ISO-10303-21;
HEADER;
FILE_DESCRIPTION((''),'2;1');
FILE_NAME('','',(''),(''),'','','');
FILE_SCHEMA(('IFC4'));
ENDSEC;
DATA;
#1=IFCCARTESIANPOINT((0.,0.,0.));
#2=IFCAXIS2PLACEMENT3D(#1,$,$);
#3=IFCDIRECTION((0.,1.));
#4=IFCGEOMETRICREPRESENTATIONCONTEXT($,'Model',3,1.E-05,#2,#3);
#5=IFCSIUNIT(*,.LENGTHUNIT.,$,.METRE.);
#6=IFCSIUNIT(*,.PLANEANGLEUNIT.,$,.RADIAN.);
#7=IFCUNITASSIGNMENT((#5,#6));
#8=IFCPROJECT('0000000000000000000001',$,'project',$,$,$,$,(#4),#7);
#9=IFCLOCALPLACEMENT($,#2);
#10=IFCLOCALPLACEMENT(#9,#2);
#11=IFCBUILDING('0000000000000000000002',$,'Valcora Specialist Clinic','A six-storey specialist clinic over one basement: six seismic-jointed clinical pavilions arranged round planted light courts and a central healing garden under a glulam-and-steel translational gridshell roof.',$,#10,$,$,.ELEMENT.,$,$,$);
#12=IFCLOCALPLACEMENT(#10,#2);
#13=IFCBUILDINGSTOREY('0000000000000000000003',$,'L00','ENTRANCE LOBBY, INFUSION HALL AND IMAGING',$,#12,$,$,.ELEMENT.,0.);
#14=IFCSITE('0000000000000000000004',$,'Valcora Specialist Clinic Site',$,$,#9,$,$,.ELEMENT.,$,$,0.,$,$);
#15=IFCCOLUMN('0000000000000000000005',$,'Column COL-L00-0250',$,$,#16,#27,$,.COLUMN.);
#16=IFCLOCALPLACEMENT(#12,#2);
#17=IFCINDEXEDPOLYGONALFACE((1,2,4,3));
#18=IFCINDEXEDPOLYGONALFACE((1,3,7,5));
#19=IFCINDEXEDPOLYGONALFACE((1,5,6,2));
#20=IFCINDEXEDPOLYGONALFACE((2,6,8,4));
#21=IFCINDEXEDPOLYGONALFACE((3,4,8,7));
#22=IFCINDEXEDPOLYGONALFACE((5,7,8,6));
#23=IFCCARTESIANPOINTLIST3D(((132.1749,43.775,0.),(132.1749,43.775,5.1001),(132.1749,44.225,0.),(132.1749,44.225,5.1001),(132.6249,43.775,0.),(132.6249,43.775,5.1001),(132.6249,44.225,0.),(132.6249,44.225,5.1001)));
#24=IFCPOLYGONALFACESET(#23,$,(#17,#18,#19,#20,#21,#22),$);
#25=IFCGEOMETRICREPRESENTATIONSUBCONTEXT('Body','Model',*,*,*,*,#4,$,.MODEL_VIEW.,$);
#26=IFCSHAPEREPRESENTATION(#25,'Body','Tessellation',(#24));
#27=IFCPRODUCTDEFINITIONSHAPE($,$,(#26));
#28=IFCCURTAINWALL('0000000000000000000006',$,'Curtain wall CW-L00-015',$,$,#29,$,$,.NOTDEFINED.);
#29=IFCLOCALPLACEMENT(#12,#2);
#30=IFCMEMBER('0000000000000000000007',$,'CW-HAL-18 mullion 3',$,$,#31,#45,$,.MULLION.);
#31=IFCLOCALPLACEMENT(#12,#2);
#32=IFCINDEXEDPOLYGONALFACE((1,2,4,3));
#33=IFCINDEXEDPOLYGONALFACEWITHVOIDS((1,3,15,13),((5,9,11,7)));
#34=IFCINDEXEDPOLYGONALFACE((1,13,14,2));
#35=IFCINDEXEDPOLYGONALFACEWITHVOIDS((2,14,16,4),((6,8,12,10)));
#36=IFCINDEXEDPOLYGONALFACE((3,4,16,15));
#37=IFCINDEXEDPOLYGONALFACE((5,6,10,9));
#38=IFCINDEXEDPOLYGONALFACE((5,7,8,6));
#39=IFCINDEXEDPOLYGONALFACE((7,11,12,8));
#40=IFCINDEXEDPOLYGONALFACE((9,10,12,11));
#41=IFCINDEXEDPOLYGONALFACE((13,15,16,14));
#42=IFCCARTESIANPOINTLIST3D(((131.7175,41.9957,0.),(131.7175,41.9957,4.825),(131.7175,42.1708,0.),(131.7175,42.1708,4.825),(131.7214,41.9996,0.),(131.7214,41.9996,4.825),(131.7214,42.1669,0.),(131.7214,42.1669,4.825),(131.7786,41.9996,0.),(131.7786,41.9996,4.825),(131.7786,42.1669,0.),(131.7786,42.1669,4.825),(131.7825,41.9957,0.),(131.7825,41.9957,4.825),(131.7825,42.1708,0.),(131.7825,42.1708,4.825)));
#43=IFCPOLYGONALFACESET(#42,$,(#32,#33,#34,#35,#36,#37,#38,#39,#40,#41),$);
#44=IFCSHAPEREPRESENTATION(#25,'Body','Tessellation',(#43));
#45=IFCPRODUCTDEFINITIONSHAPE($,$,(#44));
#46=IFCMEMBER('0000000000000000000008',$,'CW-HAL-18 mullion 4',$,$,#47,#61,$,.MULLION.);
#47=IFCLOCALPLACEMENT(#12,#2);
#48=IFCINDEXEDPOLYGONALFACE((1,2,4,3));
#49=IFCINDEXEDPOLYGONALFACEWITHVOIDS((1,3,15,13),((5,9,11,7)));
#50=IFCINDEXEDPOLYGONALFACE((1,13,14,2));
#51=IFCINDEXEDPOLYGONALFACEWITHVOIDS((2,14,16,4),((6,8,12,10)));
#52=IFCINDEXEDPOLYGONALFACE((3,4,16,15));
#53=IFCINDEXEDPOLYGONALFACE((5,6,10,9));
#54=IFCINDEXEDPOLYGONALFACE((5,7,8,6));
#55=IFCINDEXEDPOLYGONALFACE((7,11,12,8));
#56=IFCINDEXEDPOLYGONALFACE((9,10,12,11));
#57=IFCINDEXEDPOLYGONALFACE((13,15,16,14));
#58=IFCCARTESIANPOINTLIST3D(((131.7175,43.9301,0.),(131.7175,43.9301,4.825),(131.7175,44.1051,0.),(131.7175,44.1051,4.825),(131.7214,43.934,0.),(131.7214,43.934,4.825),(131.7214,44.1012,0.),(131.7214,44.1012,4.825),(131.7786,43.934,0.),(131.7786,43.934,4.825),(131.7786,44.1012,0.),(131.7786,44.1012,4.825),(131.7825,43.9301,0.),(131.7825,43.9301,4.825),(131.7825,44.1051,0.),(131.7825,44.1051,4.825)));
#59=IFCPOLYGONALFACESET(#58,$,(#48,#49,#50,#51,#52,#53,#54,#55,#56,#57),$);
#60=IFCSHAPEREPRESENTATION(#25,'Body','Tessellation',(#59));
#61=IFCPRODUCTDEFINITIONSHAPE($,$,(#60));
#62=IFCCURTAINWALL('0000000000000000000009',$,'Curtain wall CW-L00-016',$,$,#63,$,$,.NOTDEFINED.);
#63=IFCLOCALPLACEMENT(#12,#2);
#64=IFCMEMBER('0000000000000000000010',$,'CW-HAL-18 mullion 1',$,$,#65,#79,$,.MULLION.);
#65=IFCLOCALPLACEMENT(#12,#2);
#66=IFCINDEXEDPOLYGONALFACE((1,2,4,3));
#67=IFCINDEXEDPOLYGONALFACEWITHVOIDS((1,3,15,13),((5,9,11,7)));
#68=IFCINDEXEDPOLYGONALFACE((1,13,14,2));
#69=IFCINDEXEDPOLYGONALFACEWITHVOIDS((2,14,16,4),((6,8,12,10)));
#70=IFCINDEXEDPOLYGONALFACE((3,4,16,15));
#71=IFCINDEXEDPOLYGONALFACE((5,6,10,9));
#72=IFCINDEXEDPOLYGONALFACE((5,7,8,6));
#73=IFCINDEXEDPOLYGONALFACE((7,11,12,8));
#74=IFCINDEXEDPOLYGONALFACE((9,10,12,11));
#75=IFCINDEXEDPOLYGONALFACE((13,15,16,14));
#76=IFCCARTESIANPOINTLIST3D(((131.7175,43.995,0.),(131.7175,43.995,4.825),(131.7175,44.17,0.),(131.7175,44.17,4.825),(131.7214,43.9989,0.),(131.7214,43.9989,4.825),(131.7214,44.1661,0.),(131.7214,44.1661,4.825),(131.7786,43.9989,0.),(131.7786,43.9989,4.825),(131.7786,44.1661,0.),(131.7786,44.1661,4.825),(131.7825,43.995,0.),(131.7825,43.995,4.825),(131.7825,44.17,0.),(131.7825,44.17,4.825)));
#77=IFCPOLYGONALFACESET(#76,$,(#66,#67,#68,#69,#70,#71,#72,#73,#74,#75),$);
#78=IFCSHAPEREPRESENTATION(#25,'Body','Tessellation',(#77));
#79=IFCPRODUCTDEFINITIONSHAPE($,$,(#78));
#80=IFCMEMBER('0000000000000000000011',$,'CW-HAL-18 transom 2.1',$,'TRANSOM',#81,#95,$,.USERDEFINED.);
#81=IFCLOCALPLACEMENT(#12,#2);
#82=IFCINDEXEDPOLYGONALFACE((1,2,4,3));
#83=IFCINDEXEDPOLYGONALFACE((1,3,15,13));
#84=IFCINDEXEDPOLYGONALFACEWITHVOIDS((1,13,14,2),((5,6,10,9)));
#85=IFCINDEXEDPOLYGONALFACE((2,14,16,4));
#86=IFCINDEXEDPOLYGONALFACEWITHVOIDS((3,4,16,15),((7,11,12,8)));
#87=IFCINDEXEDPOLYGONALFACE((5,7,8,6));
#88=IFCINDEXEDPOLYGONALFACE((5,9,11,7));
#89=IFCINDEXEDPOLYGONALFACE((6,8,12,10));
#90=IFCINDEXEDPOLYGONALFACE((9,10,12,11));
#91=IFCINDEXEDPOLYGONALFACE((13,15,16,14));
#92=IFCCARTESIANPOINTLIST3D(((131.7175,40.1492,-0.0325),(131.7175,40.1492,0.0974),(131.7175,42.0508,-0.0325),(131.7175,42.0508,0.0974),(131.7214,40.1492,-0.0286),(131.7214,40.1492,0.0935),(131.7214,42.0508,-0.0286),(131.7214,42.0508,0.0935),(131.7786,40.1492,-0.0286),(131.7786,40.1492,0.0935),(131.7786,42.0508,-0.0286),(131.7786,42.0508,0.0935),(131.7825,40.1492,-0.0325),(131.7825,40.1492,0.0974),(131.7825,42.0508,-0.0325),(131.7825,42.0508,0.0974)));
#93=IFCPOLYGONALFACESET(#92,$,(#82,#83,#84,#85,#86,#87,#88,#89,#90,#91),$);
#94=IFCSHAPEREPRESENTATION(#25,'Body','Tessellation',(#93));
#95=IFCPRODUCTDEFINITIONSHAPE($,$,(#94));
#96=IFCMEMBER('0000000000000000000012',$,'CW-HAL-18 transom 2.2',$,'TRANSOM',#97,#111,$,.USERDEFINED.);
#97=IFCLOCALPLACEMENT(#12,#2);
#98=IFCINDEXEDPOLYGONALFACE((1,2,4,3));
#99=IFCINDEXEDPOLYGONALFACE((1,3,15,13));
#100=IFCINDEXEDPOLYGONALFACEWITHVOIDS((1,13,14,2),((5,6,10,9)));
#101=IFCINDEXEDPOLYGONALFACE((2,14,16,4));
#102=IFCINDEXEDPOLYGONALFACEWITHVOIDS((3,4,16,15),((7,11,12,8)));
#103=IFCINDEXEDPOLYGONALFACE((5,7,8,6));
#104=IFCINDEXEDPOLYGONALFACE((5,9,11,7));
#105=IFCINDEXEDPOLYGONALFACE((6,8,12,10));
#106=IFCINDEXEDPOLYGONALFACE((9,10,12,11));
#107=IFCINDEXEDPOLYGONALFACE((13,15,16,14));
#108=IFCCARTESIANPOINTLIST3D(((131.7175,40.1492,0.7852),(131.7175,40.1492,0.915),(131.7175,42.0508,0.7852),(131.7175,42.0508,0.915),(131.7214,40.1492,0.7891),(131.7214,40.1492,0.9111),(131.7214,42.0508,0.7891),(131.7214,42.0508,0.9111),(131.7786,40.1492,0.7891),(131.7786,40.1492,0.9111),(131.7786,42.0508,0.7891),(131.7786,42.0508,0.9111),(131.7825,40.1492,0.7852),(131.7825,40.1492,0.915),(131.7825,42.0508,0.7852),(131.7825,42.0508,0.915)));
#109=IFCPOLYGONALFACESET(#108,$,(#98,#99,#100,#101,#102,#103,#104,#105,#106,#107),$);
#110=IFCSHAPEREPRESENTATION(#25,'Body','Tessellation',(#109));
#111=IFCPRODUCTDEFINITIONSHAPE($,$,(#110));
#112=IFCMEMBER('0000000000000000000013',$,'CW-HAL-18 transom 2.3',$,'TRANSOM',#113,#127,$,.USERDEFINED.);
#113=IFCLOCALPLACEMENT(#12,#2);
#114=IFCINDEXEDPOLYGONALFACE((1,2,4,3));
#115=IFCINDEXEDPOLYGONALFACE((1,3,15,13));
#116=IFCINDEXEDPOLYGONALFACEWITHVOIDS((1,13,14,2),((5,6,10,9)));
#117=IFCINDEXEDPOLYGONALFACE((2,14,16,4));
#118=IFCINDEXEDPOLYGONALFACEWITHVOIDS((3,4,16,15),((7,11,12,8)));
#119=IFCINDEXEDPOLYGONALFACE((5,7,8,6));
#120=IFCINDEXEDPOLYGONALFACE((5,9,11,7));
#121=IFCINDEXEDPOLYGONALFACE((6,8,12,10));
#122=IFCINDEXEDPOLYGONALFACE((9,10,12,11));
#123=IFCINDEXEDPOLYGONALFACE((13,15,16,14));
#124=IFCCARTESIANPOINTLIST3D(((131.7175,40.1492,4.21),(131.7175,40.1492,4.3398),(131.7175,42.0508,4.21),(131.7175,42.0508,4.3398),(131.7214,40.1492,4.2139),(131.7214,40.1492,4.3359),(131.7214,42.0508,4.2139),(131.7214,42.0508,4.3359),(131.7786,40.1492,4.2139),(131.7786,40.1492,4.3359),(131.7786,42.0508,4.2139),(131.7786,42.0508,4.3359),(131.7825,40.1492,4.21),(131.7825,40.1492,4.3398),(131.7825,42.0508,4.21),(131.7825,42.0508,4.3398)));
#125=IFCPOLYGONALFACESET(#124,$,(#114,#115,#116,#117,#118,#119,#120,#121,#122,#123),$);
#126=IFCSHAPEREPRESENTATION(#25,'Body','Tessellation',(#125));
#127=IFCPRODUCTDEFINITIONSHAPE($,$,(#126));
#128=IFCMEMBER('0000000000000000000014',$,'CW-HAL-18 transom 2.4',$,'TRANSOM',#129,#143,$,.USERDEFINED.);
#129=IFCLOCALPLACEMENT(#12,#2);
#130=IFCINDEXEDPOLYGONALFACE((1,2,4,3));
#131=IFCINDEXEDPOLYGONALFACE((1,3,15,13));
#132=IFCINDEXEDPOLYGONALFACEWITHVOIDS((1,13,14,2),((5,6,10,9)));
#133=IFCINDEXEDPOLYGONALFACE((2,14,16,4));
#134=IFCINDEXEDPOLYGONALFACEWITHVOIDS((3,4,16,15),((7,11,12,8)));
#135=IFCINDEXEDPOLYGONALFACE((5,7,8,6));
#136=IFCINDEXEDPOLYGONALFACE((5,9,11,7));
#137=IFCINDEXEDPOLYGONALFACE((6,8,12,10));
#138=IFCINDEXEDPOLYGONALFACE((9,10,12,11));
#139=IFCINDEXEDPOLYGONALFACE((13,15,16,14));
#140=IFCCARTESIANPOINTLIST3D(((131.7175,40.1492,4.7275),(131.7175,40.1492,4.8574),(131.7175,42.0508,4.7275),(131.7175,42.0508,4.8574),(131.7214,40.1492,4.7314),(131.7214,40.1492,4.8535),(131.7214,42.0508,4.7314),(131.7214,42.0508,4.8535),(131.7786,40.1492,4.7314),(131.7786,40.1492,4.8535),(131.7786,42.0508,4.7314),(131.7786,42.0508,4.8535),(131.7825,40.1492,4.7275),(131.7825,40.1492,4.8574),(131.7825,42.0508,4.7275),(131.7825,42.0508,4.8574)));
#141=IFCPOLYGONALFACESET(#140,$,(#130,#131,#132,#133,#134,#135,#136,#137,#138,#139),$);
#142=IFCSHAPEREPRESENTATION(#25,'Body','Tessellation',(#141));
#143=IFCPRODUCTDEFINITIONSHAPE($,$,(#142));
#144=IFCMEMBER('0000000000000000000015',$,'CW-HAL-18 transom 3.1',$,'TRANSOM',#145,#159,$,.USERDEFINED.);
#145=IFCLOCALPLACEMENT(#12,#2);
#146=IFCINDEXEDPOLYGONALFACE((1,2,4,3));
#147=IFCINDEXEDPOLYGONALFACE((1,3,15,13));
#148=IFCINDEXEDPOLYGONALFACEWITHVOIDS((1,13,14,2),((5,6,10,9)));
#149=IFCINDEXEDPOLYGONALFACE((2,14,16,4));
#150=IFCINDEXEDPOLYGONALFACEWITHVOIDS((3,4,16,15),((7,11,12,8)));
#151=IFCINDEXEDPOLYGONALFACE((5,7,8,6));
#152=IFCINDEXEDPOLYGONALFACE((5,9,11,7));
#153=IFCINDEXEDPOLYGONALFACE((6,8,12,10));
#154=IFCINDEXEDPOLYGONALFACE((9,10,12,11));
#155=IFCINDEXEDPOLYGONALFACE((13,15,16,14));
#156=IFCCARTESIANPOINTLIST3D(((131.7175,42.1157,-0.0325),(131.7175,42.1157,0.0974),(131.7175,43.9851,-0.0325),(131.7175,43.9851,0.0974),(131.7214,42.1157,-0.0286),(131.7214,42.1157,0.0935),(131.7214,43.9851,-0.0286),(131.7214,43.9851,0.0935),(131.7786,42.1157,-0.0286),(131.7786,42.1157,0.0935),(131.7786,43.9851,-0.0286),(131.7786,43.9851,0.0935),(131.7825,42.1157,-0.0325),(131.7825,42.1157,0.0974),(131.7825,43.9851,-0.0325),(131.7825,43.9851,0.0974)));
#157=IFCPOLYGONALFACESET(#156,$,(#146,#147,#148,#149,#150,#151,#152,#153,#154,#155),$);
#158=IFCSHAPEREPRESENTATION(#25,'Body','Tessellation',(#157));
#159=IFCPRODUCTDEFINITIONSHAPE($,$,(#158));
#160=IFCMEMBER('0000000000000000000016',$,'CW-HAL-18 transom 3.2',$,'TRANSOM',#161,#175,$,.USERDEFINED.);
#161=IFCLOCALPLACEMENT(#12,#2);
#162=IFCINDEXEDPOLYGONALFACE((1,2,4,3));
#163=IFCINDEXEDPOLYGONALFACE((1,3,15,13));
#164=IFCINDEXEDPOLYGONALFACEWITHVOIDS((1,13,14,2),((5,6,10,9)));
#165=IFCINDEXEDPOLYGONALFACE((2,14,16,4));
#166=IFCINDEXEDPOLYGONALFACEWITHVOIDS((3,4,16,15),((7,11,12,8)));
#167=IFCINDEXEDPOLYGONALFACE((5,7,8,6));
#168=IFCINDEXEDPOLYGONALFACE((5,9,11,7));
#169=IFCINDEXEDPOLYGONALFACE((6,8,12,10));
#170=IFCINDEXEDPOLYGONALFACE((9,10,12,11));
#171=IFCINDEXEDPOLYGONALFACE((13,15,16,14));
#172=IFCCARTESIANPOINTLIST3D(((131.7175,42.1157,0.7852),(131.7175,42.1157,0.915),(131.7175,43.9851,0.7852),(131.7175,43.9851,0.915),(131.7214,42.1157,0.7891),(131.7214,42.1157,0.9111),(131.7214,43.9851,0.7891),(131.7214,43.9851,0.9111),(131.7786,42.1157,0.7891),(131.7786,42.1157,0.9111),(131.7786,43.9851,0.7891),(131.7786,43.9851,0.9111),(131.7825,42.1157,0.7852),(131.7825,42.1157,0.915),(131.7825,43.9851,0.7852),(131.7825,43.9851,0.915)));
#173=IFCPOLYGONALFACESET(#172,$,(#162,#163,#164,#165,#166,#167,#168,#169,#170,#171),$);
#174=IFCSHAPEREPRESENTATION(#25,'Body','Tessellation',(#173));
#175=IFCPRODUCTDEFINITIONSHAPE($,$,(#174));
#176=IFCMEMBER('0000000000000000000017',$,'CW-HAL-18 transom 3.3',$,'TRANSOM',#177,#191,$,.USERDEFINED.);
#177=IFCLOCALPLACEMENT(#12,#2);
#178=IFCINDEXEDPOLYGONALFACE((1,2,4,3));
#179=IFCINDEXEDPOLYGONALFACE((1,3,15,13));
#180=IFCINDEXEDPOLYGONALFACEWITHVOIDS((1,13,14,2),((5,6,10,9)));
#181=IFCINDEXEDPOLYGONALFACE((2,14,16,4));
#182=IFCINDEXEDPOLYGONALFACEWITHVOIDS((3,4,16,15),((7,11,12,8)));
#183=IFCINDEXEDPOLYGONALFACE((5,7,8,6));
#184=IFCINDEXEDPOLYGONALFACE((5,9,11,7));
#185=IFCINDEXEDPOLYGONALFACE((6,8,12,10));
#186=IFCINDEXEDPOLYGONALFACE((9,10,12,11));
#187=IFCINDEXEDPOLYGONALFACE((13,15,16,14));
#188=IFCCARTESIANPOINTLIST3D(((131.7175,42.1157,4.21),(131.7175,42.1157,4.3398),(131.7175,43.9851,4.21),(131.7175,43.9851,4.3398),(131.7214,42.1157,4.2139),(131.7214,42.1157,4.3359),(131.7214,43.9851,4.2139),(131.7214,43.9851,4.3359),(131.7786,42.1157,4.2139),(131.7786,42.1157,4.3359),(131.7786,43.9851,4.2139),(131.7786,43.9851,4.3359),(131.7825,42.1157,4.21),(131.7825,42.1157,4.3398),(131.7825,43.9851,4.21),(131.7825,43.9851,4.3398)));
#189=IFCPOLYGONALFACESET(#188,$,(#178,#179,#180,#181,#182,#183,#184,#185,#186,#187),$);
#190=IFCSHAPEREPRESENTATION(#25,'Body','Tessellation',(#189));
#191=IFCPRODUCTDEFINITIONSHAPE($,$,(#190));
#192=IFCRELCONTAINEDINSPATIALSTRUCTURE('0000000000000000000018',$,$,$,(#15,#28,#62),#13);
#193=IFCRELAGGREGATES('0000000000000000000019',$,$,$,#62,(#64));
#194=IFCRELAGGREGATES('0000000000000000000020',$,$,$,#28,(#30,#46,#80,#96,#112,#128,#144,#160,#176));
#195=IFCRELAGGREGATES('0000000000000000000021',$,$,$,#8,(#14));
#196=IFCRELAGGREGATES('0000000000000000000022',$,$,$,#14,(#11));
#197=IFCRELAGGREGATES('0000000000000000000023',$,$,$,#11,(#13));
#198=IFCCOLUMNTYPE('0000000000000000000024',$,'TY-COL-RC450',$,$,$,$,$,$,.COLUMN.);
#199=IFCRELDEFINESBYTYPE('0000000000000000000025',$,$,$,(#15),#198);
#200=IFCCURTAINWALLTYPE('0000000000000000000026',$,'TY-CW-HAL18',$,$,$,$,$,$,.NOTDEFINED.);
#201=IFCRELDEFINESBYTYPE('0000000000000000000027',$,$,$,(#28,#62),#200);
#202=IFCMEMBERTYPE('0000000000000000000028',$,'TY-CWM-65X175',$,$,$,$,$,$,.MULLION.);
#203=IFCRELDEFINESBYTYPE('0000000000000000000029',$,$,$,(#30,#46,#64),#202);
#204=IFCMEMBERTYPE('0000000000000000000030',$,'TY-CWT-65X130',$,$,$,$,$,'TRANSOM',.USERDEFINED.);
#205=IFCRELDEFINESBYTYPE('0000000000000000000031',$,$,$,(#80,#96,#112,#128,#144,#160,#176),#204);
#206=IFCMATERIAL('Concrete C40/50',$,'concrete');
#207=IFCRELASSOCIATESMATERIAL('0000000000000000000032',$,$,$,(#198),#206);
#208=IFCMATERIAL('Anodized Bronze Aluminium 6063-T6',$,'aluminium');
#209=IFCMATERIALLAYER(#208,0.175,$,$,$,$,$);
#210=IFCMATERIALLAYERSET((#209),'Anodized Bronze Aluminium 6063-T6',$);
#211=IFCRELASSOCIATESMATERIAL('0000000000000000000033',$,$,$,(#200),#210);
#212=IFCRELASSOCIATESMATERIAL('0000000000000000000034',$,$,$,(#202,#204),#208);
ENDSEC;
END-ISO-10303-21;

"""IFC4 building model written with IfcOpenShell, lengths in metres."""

from ifc_helpers import new_model, si_unit, direction, frame, origin, origin_2d, place, context, subcontext, project, spatial, rectangle, hollow_rectangle, extrude, material, layer, layer_set, material_profile, profile_set, type_object, element, aggregate, save


model = new_model("IFC4")

# Units and contexts
model_context = context("Model", 3, precision=1e-05, world=origin(), true_north=direction((0.0, 1.0)))
body_context = subcontext(model_context, "Body", "Model", "MODEL_VIEW")
ifc_project = project(units=[si_unit("LENGTHUNIT", "METRE"), si_unit("PLANEANGLEUNIT", "RADIAN")], contexts=[model_context])

# Site, building, storey
site_placement = place(None, origin())
site = spatial("IfcSite", under=ifc_project, at=site_placement, Name="Valcora Specialist Clinic Site", CompositionType="ELEMENT", RefElevation=0.0)
building_placement = place(site_placement, origin())
building = spatial("IfcBuilding", under=site, at=building_placement, Name="Valcora Specialist Clinic", Description="A six-storey specialist clinic over one basement: six seismic-jointed clinical pavilions arranged round planted light courts and a central healing garden under a glulam-and-steel translational gridshell roof.", CompositionType="ELEMENT")
storey_placement = place(building_placement, origin())
storey = spatial("IfcBuildingStorey", under=building, at=storey_placement, Name="L00", Description="ENTRANCE LOBBY, INFUSION HALL AND IMAGING", CompositionType="ELEMENT", Elevation=0.0)

# Column
ifc_material_1 = material(Name="Concrete C40/50", Category="concrete")
ifc_material_profile_1 = material_profile(ifc_material_1, rectangle(XDim=0.45, YDim=0.45, at=origin_2d()), Name="RC-COL-450X450")
ifc_profile_set_1 = profile_set([ifc_material_profile_1], Name="Concrete C40/50")
column_type = type_object("IfcColumnType", Name="TY-COL-RC450", PredefinedType="COLUMN", material=ifc_profile_set_1)
column_placement = place(storey_placement, frame((132.3999, 44.0, 0.0), z_axis=(0.0, 0.0, 1.0), x_axis=(1.0, 0.0, 0.0)))
element("IfcColumn", 1, at=column_placement, inside=storey, type_object=column_type, Name="Column COL-L00-0250", PredefinedType="COLUMN", context=body_context, shape_type="SweptSolid", body=[
    extrude(rectangle(XDim=0.45, YDim=0.45, at=origin_2d()), origin(), (0.0, 0.0, 1.0), 5.1001),
])

# Curtain wall, members
ifc_material_2 = material(Name="Anodized Bronze Aluminium 6063-T6", Category="aluminium")
ifc_layer_1 = layer(ifc_material_2, 0.175)
ifc_layer_set_1 = layer_set([ifc_layer_1], Name="Anodized Bronze Aluminium 6063-T6")
curtain_wall_type = type_object("IfcCurtainWallType", Name="TY-CW-HAL18", PredefinedType="NOTDEFINED", material=ifc_layer_set_1)
curtain_wall_1_placement = place(storey_placement, origin())
curtain_wall_1 = element("IfcCurtainWall", 2, at=curtain_wall_1_placement, inside=storey, type_object=curtain_wall_type, Name="Curtain wall CW-L00-015", PredefinedType="NOTDEFINED")
ifc_material_profile_2 = material_profile(ifc_material_2, hollow_rectangle(XDim=0.0649, YDim=0.175, WallThickness=0.0039, at=origin_2d()), Name="AL-MUL-65X175")
ifc_profile_set_2 = profile_set([ifc_material_profile_2], Name="Anodized Bronze Aluminium 6063-T6")
member_type_1 = type_object("IfcMemberType", Name="TY-CWM-65X175", PredefinedType="MULLION", material=ifc_profile_set_2)
member_1_placement = place(storey_placement, frame((131.75, 42.0833, 0.0), z_axis=(0.0, 0.0, 1.0), x_axis=(-1.0, 0.0, 0.0)))
member_1 = element("IfcMember", 3, at=member_1_placement, type_object=member_type_1, Name="CW-HAL-18 mullion 3", PredefinedType="MULLION", context=body_context, shape_type="SweptSolid", body=[
    extrude(hollow_rectangle(XDim=0.0649, YDim=0.175, WallThickness=0.0039, at=origin_2d()), origin(), (0.0, 0.0, 1.0), 4.825),
])
member_2_placement = place(storey_placement, frame((131.75, 44.0176, 0.0), z_axis=(0.0, 0.0, 1.0), x_axis=(-1.0, 0.0, 0.0)))
member_2 = element("IfcMember", 4, at=member_2_placement, type_object=member_type_1, Name="CW-HAL-18 mullion 4", PredefinedType="MULLION", context=body_context, shape_type="SweptSolid", body=[
    extrude(hollow_rectangle(XDim=0.0649, YDim=0.175, WallThickness=0.0039, at=origin_2d()), origin(), (0.0, 0.0, 1.0), 4.825),
])

# Curtain wall, member
curtain_wall_2_placement = place(storey_placement, origin())
curtain_wall_2 = element("IfcCurtainWall", 5, at=curtain_wall_2_placement, inside=storey, type_object=curtain_wall_type, Name="Curtain wall CW-L00-016", PredefinedType="NOTDEFINED")
member_3_placement = place(storey_placement, frame((131.75, 44.0825, 0.0), z_axis=(0.0, 0.0, 1.0), x_axis=(-1.0, 0.0, 0.0)))
member_3 = element("IfcMember", 6, at=member_3_placement, type_object=member_type_1, Name="CW-HAL-18 mullion 1", PredefinedType="MULLION", context=body_context, shape_type="SweptSolid", body=[
    extrude(hollow_rectangle(XDim=0.0649, YDim=0.175, WallThickness=0.0039, at=origin_2d()), origin(), (0.0, 0.0, 1.0), 4.825),
])

# Members
ifc_material_profile_3 = material_profile(ifc_material_2, hollow_rectangle(XDim=0.0649, YDim=0.1299, WallThickness=0.0039, at=origin_2d()), Name="AL-TRN-65X130")
ifc_profile_set_3 = profile_set([ifc_material_profile_3], Name="Anodized Bronze Aluminium 6063-T6")
member_type_2 = type_object("IfcMemberType", Name="TY-CWT-65X130", ElementType="TRANSOM", PredefinedType="USERDEFINED", material=ifc_profile_set_3)
member_4_placement = place(storey_placement, frame((131.75, 40.1492, 0.0325), z_axis=(0.0, 1.0, 0.0), x_axis=(-1.0, 0.0, 0.0)))
member_4 = element("IfcMember", 7, at=member_4_placement, type_object=member_type_2, Name="CW-HAL-18 transom 2.1", ObjectType="TRANSOM", PredefinedType="USERDEFINED", context=body_context, shape_type="SweptSolid", body=[
    extrude(hollow_rectangle(XDim=0.0649, YDim=0.1299, WallThickness=0.0039, at=origin_2d()), origin(), (0.0, 0.0, 1.0), 1.9016),
])
member_5_placement = place(storey_placement, frame((131.75, 40.1492, 0.8501), z_axis=(0.0, 1.0, 0.0), x_axis=(-1.0, 0.0, 0.0)))
member_5 = element("IfcMember", 8, at=member_5_placement, type_object=member_type_2, Name="CW-HAL-18 transom 2.2", ObjectType="TRANSOM", PredefinedType="USERDEFINED", context=body_context, shape_type="SweptSolid", body=[
    extrude(hollow_rectangle(XDim=0.0649, YDim=0.1299, WallThickness=0.0039, at=origin_2d()), origin(), (0.0, 0.0, 1.0), 1.9016),
])
member_6_placement = place(storey_placement, frame((131.75, 40.1492, 4.2749), z_axis=(0.0, 1.0, 0.0), x_axis=(-1.0, 0.0, 0.0)))
member_6 = element("IfcMember", 9, at=member_6_placement, type_object=member_type_2, Name="CW-HAL-18 transom 2.3", ObjectType="TRANSOM", PredefinedType="USERDEFINED", context=body_context, shape_type="SweptSolid", body=[
    extrude(hollow_rectangle(XDim=0.0649, YDim=0.1299, WallThickness=0.0039, at=origin_2d()), origin(), (0.0, 0.0, 1.0), 1.9016),
])
member_7_placement = place(storey_placement, frame((131.75, 40.1492, 4.7925), z_axis=(0.0, 1.0, 0.0), x_axis=(-1.0, 0.0, 0.0)))
member_7 = element("IfcMember", 10, at=member_7_placement, type_object=member_type_2, Name="CW-HAL-18 transom 2.4", ObjectType="TRANSOM", PredefinedType="USERDEFINED", context=body_context, shape_type="SweptSolid", body=[
    extrude(hollow_rectangle(XDim=0.0649, YDim=0.1299, WallThickness=0.0039, at=origin_2d()), origin(), (0.0, 0.0, 1.0), 1.9016),
])
member_8_placement = place(storey_placement, frame((131.75, 42.1157, 0.0325), z_axis=(0.0, 1.0, 0.0), x_axis=(-1.0, 0.0, 0.0)))
member_8 = element("IfcMember", 11, at=member_8_placement, type_object=member_type_2, Name="CW-HAL-18 transom 3.1", ObjectType="TRANSOM", PredefinedType="USERDEFINED", context=body_context, shape_type="SweptSolid", body=[
    extrude(hollow_rectangle(XDim=0.0649, YDim=0.1299, WallThickness=0.0039, at=origin_2d()), origin(), (0.0, 0.0, 1.0), 1.8694),
])
member_9_placement = place(storey_placement, frame((131.75, 42.1157, 0.8501), z_axis=(0.0, 1.0, 0.0), x_axis=(-1.0, 0.0, 0.0)))
member_9 = element("IfcMember", 12, at=member_9_placement, type_object=member_type_2, Name="CW-HAL-18 transom 3.2", ObjectType="TRANSOM", PredefinedType="USERDEFINED", context=body_context, shape_type="SweptSolid", body=[
    extrude(hollow_rectangle(XDim=0.0649, YDim=0.1299, WallThickness=0.0039, at=origin_2d()), origin(), (0.0, 0.0, 1.0), 1.8694),
])
member_10_placement = place(storey_placement, frame((131.75, 42.1157, 4.2749), z_axis=(0.0, 1.0, 0.0), x_axis=(-1.0, 0.0, 0.0)))
member_10 = element("IfcMember", 13, at=member_10_placement, type_object=member_type_2, Name="CW-HAL-18 transom 3.3", ObjectType="TRANSOM", PredefinedType="USERDEFINED", context=body_context, shape_type="SweptSolid", body=[
    extrude(hollow_rectangle(XDim=0.0649, YDim=0.1299, WallThickness=0.0039, at=origin_2d()), origin(), (0.0, 0.0, 1.0), 1.8694),
])
aggregate(curtain_wall_2, [member_3])

aggregate(curtain_wall_1, [member_1, member_2, member_4, member_5, member_6, member_7, member_8, member_9, member_10])

save(model, "model.ifc")
